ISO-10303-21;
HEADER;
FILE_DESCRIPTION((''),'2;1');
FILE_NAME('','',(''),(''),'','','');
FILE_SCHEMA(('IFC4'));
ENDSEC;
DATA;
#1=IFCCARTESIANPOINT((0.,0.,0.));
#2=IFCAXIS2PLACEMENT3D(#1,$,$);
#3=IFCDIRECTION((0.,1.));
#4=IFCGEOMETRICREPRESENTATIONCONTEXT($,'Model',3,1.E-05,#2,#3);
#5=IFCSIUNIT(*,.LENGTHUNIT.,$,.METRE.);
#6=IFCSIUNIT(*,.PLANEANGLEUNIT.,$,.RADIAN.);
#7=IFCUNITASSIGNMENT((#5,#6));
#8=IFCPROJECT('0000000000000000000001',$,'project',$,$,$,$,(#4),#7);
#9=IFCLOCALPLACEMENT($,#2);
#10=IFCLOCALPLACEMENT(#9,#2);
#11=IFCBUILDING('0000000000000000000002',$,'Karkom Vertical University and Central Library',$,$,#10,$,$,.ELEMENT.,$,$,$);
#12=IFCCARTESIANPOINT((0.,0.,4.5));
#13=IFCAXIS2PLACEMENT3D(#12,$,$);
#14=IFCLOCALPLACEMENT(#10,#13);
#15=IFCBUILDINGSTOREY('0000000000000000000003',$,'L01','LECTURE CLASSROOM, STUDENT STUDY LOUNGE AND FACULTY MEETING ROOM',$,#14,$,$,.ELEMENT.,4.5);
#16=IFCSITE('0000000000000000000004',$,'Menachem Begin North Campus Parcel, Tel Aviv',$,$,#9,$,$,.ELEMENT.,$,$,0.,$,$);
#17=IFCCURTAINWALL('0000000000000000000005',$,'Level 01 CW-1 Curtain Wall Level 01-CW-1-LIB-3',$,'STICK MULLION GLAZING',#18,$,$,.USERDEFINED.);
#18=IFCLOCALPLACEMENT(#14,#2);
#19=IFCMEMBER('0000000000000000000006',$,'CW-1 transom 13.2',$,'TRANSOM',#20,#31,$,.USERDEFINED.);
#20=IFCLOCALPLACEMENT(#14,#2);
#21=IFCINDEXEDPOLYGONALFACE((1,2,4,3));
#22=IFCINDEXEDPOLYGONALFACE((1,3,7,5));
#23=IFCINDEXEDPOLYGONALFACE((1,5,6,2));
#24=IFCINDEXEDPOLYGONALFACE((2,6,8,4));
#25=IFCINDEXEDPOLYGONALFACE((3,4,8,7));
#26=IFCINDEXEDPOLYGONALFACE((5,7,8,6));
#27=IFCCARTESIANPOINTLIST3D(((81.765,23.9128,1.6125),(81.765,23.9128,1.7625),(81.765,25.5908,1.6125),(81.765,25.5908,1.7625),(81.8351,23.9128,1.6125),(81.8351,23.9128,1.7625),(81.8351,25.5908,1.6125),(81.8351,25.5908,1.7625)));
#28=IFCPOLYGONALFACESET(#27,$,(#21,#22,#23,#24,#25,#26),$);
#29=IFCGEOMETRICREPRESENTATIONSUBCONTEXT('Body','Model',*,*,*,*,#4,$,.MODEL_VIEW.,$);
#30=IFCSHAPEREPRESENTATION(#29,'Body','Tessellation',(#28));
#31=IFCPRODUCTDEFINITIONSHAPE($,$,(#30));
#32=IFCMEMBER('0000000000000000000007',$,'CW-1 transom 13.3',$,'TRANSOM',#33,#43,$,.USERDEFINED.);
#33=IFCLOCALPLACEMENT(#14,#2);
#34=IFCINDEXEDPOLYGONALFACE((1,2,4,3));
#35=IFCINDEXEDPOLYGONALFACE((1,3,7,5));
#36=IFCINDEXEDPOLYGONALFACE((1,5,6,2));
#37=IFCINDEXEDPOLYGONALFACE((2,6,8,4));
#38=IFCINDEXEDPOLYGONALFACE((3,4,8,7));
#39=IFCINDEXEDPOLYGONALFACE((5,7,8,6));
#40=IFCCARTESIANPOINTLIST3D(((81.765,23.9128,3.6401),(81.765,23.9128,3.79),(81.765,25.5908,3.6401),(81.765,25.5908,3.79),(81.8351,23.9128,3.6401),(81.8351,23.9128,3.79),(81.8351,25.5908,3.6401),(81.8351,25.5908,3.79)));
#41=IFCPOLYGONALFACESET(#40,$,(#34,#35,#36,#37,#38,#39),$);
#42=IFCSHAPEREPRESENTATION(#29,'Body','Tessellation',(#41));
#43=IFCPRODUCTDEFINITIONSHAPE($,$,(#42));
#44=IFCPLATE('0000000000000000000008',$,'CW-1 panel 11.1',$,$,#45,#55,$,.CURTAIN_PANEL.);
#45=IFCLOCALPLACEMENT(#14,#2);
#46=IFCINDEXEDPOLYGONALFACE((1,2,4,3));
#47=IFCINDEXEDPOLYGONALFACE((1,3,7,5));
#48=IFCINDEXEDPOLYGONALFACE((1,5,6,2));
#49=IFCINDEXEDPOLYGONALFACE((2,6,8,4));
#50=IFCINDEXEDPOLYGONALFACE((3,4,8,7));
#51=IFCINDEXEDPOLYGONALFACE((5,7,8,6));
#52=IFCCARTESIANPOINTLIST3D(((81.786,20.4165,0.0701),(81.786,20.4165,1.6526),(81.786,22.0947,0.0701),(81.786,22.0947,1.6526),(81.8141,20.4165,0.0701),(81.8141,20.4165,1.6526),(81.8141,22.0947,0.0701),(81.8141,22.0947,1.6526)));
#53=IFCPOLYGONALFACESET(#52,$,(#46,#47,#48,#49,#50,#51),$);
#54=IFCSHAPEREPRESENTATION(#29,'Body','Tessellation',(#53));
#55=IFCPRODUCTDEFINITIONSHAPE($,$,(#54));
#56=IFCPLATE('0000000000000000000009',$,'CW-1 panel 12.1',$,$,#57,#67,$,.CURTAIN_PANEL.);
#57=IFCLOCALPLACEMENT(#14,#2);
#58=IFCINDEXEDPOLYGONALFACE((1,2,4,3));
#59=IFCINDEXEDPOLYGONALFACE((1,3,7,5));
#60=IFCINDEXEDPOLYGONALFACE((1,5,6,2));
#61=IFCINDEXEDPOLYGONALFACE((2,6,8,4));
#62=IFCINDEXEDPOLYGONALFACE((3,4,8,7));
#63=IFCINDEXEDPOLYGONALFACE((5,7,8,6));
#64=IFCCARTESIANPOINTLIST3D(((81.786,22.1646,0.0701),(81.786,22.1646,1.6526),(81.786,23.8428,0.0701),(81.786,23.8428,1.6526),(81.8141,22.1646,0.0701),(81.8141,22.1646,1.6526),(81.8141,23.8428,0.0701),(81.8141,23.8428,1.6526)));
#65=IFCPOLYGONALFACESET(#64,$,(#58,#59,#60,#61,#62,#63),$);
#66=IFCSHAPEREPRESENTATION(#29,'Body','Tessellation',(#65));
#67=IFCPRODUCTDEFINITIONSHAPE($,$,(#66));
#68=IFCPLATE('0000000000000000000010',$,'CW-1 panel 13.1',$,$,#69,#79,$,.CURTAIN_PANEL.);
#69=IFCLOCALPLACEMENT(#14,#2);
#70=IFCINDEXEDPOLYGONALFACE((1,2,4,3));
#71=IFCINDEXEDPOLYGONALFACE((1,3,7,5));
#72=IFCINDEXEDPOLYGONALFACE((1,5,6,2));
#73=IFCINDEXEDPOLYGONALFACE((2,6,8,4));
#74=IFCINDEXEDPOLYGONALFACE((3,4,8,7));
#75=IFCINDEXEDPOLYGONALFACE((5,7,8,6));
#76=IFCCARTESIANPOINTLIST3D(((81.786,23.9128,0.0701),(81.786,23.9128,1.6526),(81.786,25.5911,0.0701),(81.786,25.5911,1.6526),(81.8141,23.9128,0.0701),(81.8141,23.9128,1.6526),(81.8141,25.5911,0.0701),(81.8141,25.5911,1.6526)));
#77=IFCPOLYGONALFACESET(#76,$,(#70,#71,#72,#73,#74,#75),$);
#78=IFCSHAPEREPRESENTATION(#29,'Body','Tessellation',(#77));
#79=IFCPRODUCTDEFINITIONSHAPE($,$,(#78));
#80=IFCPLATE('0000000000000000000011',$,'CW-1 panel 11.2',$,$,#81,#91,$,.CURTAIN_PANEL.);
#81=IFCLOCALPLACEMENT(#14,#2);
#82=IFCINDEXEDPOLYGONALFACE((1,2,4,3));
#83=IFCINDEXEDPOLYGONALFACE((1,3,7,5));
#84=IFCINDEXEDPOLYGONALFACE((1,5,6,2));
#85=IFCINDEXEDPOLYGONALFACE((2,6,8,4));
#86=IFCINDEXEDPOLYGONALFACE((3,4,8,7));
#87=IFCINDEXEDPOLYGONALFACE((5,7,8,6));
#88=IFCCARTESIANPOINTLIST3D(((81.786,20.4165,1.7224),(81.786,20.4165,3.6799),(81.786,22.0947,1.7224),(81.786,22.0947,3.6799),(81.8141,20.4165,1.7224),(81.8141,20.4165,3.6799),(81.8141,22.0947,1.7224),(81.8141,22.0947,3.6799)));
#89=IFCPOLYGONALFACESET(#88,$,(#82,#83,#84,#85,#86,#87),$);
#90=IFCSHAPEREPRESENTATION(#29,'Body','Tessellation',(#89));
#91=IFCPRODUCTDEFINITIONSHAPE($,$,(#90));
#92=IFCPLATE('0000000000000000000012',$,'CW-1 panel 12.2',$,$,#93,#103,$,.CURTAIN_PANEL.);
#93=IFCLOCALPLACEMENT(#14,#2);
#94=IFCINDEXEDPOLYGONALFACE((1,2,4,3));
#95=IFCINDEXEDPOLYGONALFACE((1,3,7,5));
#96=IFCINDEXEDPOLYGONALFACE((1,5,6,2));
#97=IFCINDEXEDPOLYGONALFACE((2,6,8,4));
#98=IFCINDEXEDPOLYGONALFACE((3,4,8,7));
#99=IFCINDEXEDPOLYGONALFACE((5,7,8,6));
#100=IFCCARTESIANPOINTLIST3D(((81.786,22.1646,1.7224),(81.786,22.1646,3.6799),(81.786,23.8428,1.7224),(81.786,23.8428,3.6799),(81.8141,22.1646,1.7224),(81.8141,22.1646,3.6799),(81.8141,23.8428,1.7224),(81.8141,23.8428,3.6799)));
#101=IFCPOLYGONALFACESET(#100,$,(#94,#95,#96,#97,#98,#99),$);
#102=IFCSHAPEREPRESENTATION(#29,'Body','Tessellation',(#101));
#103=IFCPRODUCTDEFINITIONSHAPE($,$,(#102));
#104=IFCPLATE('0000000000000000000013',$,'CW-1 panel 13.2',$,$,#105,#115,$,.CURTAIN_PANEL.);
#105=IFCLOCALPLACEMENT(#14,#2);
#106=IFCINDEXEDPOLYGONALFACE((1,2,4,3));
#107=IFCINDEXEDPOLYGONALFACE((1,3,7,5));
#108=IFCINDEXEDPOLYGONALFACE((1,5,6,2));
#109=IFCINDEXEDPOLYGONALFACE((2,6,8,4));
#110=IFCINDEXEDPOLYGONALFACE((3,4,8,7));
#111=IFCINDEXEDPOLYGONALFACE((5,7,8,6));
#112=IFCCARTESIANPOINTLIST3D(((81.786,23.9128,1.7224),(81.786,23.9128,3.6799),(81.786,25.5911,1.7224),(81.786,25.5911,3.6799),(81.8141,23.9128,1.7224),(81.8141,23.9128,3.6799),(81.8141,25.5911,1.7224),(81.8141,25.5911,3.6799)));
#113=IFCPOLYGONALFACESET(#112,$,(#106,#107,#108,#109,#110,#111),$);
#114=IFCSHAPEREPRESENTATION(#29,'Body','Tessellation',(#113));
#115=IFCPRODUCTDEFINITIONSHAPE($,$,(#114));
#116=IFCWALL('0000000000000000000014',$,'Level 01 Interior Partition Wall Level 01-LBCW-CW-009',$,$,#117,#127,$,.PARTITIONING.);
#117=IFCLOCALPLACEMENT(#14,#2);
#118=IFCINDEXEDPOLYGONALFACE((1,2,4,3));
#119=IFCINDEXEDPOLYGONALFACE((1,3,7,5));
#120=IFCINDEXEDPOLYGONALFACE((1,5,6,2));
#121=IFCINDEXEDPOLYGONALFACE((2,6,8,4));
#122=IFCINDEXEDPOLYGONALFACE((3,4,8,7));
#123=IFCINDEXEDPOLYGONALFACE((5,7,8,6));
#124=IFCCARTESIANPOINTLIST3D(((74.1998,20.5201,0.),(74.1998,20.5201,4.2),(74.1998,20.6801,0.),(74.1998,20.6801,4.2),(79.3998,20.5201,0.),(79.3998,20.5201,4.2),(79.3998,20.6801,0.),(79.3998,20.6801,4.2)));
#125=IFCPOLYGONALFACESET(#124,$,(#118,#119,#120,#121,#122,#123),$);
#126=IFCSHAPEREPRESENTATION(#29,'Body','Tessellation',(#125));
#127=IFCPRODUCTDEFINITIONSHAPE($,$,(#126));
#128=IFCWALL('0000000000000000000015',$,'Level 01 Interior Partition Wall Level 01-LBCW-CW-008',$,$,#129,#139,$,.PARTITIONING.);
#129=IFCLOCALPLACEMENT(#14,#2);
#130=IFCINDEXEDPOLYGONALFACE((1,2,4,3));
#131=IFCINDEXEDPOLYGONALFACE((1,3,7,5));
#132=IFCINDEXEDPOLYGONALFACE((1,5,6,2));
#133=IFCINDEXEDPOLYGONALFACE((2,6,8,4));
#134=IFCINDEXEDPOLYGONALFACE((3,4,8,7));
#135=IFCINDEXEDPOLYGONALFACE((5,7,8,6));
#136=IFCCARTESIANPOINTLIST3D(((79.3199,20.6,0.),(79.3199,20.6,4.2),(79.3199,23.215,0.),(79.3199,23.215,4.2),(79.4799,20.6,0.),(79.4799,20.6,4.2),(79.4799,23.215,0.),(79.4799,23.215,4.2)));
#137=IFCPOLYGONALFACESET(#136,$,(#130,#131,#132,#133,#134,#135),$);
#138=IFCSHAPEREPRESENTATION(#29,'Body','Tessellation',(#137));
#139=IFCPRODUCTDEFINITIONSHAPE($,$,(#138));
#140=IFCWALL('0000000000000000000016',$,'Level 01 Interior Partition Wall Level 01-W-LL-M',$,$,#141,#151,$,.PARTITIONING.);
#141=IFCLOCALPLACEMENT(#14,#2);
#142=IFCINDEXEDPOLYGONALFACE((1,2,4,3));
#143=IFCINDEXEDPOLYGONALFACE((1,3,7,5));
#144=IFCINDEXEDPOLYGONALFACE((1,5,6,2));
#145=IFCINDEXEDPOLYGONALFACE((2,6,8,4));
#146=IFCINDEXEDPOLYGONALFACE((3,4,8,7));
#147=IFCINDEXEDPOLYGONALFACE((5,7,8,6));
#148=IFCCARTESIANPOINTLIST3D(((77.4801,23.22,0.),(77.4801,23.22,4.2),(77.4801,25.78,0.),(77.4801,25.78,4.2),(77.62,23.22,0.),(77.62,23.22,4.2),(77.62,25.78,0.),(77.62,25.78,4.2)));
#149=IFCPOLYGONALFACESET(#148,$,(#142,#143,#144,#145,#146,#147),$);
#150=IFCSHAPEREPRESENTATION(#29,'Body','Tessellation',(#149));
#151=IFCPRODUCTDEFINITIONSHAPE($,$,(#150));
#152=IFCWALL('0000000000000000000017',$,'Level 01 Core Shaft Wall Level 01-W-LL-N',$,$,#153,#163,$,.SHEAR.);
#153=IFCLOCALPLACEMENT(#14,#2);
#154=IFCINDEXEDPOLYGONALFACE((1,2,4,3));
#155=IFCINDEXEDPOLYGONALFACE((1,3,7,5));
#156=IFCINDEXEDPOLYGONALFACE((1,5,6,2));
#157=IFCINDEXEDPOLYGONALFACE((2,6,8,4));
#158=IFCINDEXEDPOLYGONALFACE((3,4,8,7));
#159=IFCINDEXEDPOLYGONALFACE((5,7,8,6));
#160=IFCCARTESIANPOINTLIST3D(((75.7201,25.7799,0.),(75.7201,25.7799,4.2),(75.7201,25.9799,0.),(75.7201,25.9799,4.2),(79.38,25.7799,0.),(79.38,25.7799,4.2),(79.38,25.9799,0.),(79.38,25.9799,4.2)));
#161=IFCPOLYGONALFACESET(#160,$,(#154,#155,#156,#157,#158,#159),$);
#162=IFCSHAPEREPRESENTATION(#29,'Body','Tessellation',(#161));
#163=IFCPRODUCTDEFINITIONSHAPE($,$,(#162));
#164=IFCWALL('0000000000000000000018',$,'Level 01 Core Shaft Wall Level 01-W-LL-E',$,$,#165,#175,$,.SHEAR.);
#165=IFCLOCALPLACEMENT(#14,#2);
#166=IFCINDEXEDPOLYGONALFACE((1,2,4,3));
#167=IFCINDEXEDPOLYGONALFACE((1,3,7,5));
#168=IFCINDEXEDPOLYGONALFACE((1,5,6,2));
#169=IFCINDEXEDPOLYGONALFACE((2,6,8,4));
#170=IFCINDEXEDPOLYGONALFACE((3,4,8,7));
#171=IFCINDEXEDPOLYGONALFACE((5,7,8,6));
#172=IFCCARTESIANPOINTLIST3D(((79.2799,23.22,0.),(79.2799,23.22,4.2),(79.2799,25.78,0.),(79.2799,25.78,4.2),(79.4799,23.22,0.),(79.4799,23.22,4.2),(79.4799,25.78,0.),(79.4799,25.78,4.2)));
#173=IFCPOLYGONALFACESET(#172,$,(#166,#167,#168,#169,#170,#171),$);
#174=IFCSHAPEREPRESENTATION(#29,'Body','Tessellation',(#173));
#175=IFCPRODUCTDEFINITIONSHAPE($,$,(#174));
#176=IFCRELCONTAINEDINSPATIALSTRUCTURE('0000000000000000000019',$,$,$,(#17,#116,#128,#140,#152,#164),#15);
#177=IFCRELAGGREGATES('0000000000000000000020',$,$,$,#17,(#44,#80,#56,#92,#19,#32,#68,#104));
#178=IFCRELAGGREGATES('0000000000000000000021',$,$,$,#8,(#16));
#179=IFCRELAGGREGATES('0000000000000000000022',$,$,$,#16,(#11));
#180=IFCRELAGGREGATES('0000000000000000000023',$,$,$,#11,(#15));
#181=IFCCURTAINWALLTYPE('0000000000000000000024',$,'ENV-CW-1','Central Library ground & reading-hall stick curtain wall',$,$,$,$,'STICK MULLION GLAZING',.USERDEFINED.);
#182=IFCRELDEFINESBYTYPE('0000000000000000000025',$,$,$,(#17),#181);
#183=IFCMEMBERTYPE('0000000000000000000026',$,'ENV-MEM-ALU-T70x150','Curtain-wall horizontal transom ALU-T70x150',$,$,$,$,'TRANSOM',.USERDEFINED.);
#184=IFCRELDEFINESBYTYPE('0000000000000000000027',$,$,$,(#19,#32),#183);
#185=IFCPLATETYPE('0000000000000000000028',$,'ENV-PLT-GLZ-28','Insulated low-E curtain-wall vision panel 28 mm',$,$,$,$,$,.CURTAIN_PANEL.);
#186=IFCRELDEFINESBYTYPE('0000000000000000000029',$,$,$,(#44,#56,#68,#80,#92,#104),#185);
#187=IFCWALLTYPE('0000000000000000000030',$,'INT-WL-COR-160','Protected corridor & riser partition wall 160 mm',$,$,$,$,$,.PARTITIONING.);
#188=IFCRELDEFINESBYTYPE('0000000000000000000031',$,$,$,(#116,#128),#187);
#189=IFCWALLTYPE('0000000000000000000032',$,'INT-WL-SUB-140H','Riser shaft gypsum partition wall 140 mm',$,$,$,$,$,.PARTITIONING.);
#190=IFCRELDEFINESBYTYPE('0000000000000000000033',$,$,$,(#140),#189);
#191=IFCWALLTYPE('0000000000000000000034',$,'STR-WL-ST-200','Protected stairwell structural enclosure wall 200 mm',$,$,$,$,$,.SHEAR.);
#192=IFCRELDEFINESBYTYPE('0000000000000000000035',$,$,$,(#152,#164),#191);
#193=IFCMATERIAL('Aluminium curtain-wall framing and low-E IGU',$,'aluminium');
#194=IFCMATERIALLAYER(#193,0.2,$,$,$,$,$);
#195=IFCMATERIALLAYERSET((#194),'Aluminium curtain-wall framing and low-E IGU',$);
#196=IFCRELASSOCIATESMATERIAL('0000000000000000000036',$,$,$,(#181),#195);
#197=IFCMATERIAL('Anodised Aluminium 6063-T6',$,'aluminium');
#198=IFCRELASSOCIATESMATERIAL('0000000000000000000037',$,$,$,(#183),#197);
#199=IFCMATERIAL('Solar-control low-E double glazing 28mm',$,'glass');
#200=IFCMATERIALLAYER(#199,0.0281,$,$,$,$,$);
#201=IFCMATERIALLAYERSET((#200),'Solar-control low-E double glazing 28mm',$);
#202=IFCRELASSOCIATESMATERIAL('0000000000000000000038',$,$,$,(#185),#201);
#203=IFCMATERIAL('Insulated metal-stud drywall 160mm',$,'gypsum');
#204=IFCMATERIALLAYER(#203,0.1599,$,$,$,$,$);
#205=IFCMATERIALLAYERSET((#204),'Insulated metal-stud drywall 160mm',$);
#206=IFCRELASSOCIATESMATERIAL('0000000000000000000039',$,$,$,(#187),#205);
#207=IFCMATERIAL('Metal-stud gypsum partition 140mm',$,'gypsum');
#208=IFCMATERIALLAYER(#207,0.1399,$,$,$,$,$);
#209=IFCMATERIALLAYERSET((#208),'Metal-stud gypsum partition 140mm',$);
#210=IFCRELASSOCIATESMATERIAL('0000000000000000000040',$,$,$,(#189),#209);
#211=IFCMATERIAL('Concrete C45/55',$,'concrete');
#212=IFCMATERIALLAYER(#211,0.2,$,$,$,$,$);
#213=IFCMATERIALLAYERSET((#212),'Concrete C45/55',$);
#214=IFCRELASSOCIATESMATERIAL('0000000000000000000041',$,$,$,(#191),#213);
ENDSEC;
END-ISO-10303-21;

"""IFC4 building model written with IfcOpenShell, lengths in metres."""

from ifc_helpers import new_model, si_unit, direction, frame, frame_2d, origin, origin_with_axes, origin_2d, place, context, subcontext, project, spatial, rectangle, extrude, source, transform, mapped, material, layer, layer_set, material_profile, profile_set, type_object, element, aggregate, save


model = new_model("IFC4")

# Units and contexts
model_context = context("Model", 3, precision=1e-05, world=origin(), true_north=direction((0.0, 1.0)))
body_context = subcontext(model_context, "Body", "Model", "MODEL_VIEW")
ifc_project = project(units=[si_unit("LENGTHUNIT", "METRE"), si_unit("PLANEANGLEUNIT", "RADIAN")], contexts=[model_context])

# Site, building, storey
site_placement = place(None, origin())
site = spatial("IfcSite", under=ifc_project, at=site_placement, Name="Menachem Begin North Campus Parcel, Tel Aviv", CompositionType="ELEMENT", RefElevation=0.0)
building_placement = place(site_placement, origin())
building = spatial("IfcBuilding", under=site, at=building_placement, Name="Karkom Vertical University and Central Library", CompositionType="ELEMENT")
storey_placement = place(building_placement, frame((0.0, 0.0, 4.5)))
storey = spatial("IfcBuildingStorey", under=building, at=storey_placement, Name="L01", Description="LECTURE CLASSROOM, STUDENT STUDY LOUNGE AND FACULTY MEETING ROOM", CompositionType="ELEMENT", Elevation=4.5)

# Curtain wall, members, plates
ifc_material_1 = material(Name="Aluminium curtain-wall framing and low-E IGU", Category="aluminium")
ifc_layer_1 = layer(ifc_material_1, 0.2)
ifc_layer_set_1 = layer_set([ifc_layer_1], Name="Aluminium curtain-wall framing and low-E IGU")
curtain_wall_type = type_object("IfcCurtainWallType", Name="ENV-CW-1", Description="Central Library ground & reading-hall stick curtain wall", ElementType="STICK MULLION GLAZING", PredefinedType="USERDEFINED", material=ifc_layer_set_1)
curtain_wall_placement = place(storey_placement, origin())
curtain_wall = element("IfcCurtainWall", 1, at=curtain_wall_placement, inside=storey, type_object=curtain_wall_type, Name="Level 01 CW-1 Curtain Wall Level 01-CW-1-LIB-3", ObjectType="STICK MULLION GLAZING", PredefinedType="USERDEFINED")
ifc_material_2 = material(Name="Anodised Aluminium 6063-T6", Category="aluminium")
ifc_material_profile_1 = material_profile(ifc_material_2, rectangle(XDim=0.0701, YDim=0.1499, at=origin_2d()), Name="ALU-T70x150")
ifc_profile_set_1 = profile_set([ifc_material_profile_1], Name="Anodised Aluminium 6063-T6")
member_type_1 = type_object("IfcMemberType", Name="ENV-MEM-ALU-T70x150", Description="Curtain-wall horizontal transom ALU-T70x150", ElementType="TRANSOM", PredefinedType="USERDEFINED", material=ifc_profile_set_1)
shared_shape_1 = source(origin_with_axes(), body_context, "Body", "SweptSolid", [
    extrude(rectangle(XDim=0.0701, YDim=0.1499, at=origin_2d()), origin(), (0.0, 0.0, 1.0), 1.678),
])
member_1_placement = place(storey_placement, frame((81.8, 23.9128, 1.6875), z_axis=(0.0, 1.0, 0.0), x_axis=(-1.0, 0.0, 0.0)))
member_1 = element("IfcMember", 2, at=member_1_placement, type_object=member_type_1, Name="CW-1 transom 13.2", ObjectType="TRANSOM", PredefinedType="USERDEFINED", context=body_context, shape_type="MappedRepresentation", body=[
    mapped(shared_shape_1, transform((0.0, 0.0, 0.0), scale=1.0)),
])
member_2_placement = place(storey_placement, frame((81.8, 23.9128, 3.7151), z_axis=(0.0, 1.0, 0.0), x_axis=(-1.0, 0.0, 0.0)))
member_2 = element("IfcMember", 3, at=member_2_placement, type_object=member_type_1, Name="CW-1 transom 13.3", ObjectType="TRANSOM", PredefinedType="USERDEFINED", context=body_context, shape_type="MappedRepresentation", body=[
    mapped(shared_shape_1, transform((0.0, 0.0, 0.0), scale=1.0)),
])
ifc_material_3 = material(Name="Solar-control low-E double glazing 28mm", Category="glass")
ifc_layer_2 = layer(ifc_material_3, 0.0281)
ifc_layer_set_2 = layer_set([ifc_layer_2], Name="Solar-control low-E double glazing 28mm")
plate_type = type_object("IfcPlateType", Name="ENV-PLT-GLZ-28", Description="Insulated low-E curtain-wall vision panel 28 mm", PredefinedType="CURTAIN_PANEL", material=ifc_layer_set_2)
shared_shape_2 = source(origin_with_axes(), body_context, "Body", "SweptSolid", [
    extrude(rectangle(XDim=1.6782, YDim=0.0281, at=origin_2d()), origin(), (0.0, 0.0, 1.0), 1.5825),
])
plate_1_placement = place(storey_placement, frame((81.8, 21.2556, 0.0701), z_axis=(0.0, 0.0, 1.0), x_axis=(0.0, 1.0, 0.0)))
plate_1 = element("IfcPlate", 4, at=plate_1_placement, type_object=plate_type, Name="CW-1 panel 11.1", PredefinedType="CURTAIN_PANEL", context=body_context, shape_type="MappedRepresentation", body=[
    mapped(shared_shape_2, transform((0.0, 0.0, 0.0), scale=1.0)),
])
plate_2_placement = place(storey_placement, frame((81.8, 23.0037, 0.0701), z_axis=(0.0, 0.0, 1.0), x_axis=(0.0, 1.0, 0.0)))
plate_2 = element("IfcPlate", 5, at=plate_2_placement, type_object=plate_type, Name="CW-1 panel 12.1", PredefinedType="CURTAIN_PANEL", context=body_context, shape_type="MappedRepresentation", body=[
    mapped(shared_shape_2, transform((0.0, 0.0, 0.0), scale=1.0)),
])
plate_3_placement = place(storey_placement, frame((81.8, 24.752, 0.0701), z_axis=(0.0, 0.0, 1.0), x_axis=(0.0, 1.0, 0.0)))
plate_3 = element("IfcPlate", 6, at=plate_3_placement, type_object=plate_type, Name="CW-1 panel 13.1", PredefinedType="CURTAIN_PANEL", context=body_context, shape_type="MappedRepresentation", body=[
    mapped(shared_shape_2, transform((0.0, 0.0, 0.0), scale=1.0)),
])
shared_shape_3 = source(origin_with_axes(), body_context, "Body", "SweptSolid", [
    extrude(rectangle(XDim=1.6782, YDim=0.0281, at=origin_2d()), origin(), (0.0, 0.0, 1.0), 1.9575),
])
plate_4_placement = place(storey_placement, frame((81.8, 21.2556, 1.7224), z_axis=(0.0, 0.0, 1.0), x_axis=(0.0, 1.0, 0.0)))
plate_4 = element("IfcPlate", 7, at=plate_4_placement, type_object=plate_type, Name="CW-1 panel 11.2", PredefinedType="CURTAIN_PANEL", context=body_context, shape_type="MappedRepresentation", body=[
    mapped(shared_shape_3, transform((0.0, 0.0, 0.0), scale=1.0)),
])
plate_5_placement = place(storey_placement, frame((81.8, 23.0037, 1.7224), z_axis=(0.0, 0.0, 1.0), x_axis=(0.0, 1.0, 0.0)))
plate_5 = element("IfcPlate", 8, at=plate_5_placement, type_object=plate_type, Name="CW-1 panel 12.2", PredefinedType="CURTAIN_PANEL", context=body_context, shape_type="MappedRepresentation", body=[
    mapped(shared_shape_3, transform((0.0, 0.0, 0.0), scale=1.0)),
])
plate_6_placement = place(storey_placement, frame((81.8, 24.752, 1.7224), z_axis=(0.0, 0.0, 1.0), x_axis=(0.0, 1.0, 0.0)))
plate_6 = element("IfcPlate", 9, at=plate_6_placement, type_object=plate_type, Name="CW-1 panel 13.2", PredefinedType="CURTAIN_PANEL", context=body_context, shape_type="MappedRepresentation", body=[
    mapped(shared_shape_3, transform((0.0, 0.0, 0.0), scale=1.0)),
])
aggregate(curtain_wall, [plate_1, plate_4, plate_2, plate_5, member_1, member_2, plate_3, plate_6])

# Walls
ifc_material_4 = material(Name="Insulated metal-stud drywall 160mm", Category="gypsum")
ifc_layer_3 = layer(ifc_material_4, 0.1599)
ifc_layer_set_3 = layer_set([ifc_layer_3], Name="Insulated metal-stud drywall 160mm")
wall_type_1 = type_object("IfcWallType", Name="INT-WL-COR-160", Description="Protected corridor & riser partition wall 160 mm", PredefinedType="PARTITIONING", material=ifc_layer_set_3)
wall_1_placement = place(storey_placement, frame((79.3999, 20.6001, 0.0), z_axis=(0.0, 0.0, 1.0), x_axis=(-1.0, 0.0, 0.0)))
element("IfcWall", 10, at=wall_1_placement, inside=storey, type_object=wall_type_1, Name="Level 01 Interior Partition Wall Level 01-LBCW-CW-009", PredefinedType="PARTITIONING", context=body_context, shape_type="SweptSolid", body=[
    extrude(rectangle(XDim=5.2, YDim=0.1599, at=frame_2d((2.6001, 0.0))), origin(), (0.0, 0.0, 1.0), 4.2),
])
wall_2_placement = place(storey_placement, frame((79.3999, 23.2151, 0.0), z_axis=(0.0, 0.0, 1.0), x_axis=(0.0, -1.0, 0.0)))
element("IfcWall", 11, at=wall_2_placement, inside=storey, type_object=wall_type_1, Name="Level 01 Interior Partition Wall Level 01-LBCW-CW-008", PredefinedType="PARTITIONING", context=body_context, shape_type="SweptSolid", body=[
    extrude(rectangle(XDim=2.615, YDim=0.1599, at=frame_2d((1.3076, 0.0))), origin(), (0.0, 0.0, 1.0), 4.2),
])
ifc_material_5 = material(Name="Metal-stud gypsum partition 140mm", Category="gypsum")
ifc_layer_4 = layer(ifc_material_5, 0.1399)
ifc_layer_set_4 = layer_set([ifc_layer_4], Name="Metal-stud gypsum partition 140mm")
wall_type_2 = type_object("IfcWallType", Name="INT-WL-SUB-140H", Description="Riser shaft gypsum partition wall 140 mm", PredefinedType="PARTITIONING", material=ifc_layer_set_4)
wall_3_placement = place(storey_placement, frame((77.55, 23.22, 0.0), z_axis=(0.0, 0.0, 1.0), x_axis=(0.0, 1.0, 0.0)))
element("IfcWall", 12, at=wall_3_placement, inside=storey, type_object=wall_type_2, Name="Level 01 Interior Partition Wall Level 01-W-LL-M", PredefinedType="PARTITIONING", context=body_context, shape_type="SweptSolid", body=[
    extrude(rectangle(XDim=2.5601, YDim=0.1399, at=frame_2d((1.28, 0.0))), origin(), (0.0, 0.0, 1.0), 4.2),
])
ifc_material_6 = material(Name="Concrete C45/55", Category="concrete")
ifc_layer_5 = layer(ifc_material_6, 0.2)
ifc_layer_set_5 = layer_set([ifc_layer_5], Name="Concrete C45/55")
wall_type_3 = type_object("IfcWallType", Name="STR-WL-ST-200", Description="Protected stairwell structural enclosure wall 200 mm", PredefinedType="SHEAR", material=ifc_layer_set_5)
wall_4_placement = place(storey_placement, frame((75.72, 25.8799, 0.0), z_axis=(0.0, 0.0, 1.0), x_axis=(1.0, 0.0, 0.0)))
element("IfcWall", 13, at=wall_4_placement, inside=storey, type_object=wall_type_3, Name="Level 01 Core Shaft Wall Level 01-W-LL-N", PredefinedType="SHEAR", context=body_context, shape_type="SweptSolid", body=[
    extrude(rectangle(XDim=3.6599, YDim=0.2, at=frame_2d((1.8301, 0.0))), origin(), (0.0, 0.0, 1.0), 4.2),
])
wall_5_placement = place(storey_placement, frame((79.3799, 23.22, 0.0), z_axis=(0.0, 0.0, 1.0), x_axis=(0.0, 1.0, 0.0)))
element("IfcWall", 14, at=wall_5_placement, inside=storey, type_object=wall_type_3, Name="Level 01 Core Shaft Wall Level 01-W-LL-E", PredefinedType="SHEAR", context=body_context, shape_type="SweptSolid", body=[
    extrude(rectangle(XDim=2.5601, YDim=0.2, at=frame_2d((1.28, 0.0))), origin(), (0.0, 0.0, 1.0), 4.2),
])

save(model, "model.ifc")
